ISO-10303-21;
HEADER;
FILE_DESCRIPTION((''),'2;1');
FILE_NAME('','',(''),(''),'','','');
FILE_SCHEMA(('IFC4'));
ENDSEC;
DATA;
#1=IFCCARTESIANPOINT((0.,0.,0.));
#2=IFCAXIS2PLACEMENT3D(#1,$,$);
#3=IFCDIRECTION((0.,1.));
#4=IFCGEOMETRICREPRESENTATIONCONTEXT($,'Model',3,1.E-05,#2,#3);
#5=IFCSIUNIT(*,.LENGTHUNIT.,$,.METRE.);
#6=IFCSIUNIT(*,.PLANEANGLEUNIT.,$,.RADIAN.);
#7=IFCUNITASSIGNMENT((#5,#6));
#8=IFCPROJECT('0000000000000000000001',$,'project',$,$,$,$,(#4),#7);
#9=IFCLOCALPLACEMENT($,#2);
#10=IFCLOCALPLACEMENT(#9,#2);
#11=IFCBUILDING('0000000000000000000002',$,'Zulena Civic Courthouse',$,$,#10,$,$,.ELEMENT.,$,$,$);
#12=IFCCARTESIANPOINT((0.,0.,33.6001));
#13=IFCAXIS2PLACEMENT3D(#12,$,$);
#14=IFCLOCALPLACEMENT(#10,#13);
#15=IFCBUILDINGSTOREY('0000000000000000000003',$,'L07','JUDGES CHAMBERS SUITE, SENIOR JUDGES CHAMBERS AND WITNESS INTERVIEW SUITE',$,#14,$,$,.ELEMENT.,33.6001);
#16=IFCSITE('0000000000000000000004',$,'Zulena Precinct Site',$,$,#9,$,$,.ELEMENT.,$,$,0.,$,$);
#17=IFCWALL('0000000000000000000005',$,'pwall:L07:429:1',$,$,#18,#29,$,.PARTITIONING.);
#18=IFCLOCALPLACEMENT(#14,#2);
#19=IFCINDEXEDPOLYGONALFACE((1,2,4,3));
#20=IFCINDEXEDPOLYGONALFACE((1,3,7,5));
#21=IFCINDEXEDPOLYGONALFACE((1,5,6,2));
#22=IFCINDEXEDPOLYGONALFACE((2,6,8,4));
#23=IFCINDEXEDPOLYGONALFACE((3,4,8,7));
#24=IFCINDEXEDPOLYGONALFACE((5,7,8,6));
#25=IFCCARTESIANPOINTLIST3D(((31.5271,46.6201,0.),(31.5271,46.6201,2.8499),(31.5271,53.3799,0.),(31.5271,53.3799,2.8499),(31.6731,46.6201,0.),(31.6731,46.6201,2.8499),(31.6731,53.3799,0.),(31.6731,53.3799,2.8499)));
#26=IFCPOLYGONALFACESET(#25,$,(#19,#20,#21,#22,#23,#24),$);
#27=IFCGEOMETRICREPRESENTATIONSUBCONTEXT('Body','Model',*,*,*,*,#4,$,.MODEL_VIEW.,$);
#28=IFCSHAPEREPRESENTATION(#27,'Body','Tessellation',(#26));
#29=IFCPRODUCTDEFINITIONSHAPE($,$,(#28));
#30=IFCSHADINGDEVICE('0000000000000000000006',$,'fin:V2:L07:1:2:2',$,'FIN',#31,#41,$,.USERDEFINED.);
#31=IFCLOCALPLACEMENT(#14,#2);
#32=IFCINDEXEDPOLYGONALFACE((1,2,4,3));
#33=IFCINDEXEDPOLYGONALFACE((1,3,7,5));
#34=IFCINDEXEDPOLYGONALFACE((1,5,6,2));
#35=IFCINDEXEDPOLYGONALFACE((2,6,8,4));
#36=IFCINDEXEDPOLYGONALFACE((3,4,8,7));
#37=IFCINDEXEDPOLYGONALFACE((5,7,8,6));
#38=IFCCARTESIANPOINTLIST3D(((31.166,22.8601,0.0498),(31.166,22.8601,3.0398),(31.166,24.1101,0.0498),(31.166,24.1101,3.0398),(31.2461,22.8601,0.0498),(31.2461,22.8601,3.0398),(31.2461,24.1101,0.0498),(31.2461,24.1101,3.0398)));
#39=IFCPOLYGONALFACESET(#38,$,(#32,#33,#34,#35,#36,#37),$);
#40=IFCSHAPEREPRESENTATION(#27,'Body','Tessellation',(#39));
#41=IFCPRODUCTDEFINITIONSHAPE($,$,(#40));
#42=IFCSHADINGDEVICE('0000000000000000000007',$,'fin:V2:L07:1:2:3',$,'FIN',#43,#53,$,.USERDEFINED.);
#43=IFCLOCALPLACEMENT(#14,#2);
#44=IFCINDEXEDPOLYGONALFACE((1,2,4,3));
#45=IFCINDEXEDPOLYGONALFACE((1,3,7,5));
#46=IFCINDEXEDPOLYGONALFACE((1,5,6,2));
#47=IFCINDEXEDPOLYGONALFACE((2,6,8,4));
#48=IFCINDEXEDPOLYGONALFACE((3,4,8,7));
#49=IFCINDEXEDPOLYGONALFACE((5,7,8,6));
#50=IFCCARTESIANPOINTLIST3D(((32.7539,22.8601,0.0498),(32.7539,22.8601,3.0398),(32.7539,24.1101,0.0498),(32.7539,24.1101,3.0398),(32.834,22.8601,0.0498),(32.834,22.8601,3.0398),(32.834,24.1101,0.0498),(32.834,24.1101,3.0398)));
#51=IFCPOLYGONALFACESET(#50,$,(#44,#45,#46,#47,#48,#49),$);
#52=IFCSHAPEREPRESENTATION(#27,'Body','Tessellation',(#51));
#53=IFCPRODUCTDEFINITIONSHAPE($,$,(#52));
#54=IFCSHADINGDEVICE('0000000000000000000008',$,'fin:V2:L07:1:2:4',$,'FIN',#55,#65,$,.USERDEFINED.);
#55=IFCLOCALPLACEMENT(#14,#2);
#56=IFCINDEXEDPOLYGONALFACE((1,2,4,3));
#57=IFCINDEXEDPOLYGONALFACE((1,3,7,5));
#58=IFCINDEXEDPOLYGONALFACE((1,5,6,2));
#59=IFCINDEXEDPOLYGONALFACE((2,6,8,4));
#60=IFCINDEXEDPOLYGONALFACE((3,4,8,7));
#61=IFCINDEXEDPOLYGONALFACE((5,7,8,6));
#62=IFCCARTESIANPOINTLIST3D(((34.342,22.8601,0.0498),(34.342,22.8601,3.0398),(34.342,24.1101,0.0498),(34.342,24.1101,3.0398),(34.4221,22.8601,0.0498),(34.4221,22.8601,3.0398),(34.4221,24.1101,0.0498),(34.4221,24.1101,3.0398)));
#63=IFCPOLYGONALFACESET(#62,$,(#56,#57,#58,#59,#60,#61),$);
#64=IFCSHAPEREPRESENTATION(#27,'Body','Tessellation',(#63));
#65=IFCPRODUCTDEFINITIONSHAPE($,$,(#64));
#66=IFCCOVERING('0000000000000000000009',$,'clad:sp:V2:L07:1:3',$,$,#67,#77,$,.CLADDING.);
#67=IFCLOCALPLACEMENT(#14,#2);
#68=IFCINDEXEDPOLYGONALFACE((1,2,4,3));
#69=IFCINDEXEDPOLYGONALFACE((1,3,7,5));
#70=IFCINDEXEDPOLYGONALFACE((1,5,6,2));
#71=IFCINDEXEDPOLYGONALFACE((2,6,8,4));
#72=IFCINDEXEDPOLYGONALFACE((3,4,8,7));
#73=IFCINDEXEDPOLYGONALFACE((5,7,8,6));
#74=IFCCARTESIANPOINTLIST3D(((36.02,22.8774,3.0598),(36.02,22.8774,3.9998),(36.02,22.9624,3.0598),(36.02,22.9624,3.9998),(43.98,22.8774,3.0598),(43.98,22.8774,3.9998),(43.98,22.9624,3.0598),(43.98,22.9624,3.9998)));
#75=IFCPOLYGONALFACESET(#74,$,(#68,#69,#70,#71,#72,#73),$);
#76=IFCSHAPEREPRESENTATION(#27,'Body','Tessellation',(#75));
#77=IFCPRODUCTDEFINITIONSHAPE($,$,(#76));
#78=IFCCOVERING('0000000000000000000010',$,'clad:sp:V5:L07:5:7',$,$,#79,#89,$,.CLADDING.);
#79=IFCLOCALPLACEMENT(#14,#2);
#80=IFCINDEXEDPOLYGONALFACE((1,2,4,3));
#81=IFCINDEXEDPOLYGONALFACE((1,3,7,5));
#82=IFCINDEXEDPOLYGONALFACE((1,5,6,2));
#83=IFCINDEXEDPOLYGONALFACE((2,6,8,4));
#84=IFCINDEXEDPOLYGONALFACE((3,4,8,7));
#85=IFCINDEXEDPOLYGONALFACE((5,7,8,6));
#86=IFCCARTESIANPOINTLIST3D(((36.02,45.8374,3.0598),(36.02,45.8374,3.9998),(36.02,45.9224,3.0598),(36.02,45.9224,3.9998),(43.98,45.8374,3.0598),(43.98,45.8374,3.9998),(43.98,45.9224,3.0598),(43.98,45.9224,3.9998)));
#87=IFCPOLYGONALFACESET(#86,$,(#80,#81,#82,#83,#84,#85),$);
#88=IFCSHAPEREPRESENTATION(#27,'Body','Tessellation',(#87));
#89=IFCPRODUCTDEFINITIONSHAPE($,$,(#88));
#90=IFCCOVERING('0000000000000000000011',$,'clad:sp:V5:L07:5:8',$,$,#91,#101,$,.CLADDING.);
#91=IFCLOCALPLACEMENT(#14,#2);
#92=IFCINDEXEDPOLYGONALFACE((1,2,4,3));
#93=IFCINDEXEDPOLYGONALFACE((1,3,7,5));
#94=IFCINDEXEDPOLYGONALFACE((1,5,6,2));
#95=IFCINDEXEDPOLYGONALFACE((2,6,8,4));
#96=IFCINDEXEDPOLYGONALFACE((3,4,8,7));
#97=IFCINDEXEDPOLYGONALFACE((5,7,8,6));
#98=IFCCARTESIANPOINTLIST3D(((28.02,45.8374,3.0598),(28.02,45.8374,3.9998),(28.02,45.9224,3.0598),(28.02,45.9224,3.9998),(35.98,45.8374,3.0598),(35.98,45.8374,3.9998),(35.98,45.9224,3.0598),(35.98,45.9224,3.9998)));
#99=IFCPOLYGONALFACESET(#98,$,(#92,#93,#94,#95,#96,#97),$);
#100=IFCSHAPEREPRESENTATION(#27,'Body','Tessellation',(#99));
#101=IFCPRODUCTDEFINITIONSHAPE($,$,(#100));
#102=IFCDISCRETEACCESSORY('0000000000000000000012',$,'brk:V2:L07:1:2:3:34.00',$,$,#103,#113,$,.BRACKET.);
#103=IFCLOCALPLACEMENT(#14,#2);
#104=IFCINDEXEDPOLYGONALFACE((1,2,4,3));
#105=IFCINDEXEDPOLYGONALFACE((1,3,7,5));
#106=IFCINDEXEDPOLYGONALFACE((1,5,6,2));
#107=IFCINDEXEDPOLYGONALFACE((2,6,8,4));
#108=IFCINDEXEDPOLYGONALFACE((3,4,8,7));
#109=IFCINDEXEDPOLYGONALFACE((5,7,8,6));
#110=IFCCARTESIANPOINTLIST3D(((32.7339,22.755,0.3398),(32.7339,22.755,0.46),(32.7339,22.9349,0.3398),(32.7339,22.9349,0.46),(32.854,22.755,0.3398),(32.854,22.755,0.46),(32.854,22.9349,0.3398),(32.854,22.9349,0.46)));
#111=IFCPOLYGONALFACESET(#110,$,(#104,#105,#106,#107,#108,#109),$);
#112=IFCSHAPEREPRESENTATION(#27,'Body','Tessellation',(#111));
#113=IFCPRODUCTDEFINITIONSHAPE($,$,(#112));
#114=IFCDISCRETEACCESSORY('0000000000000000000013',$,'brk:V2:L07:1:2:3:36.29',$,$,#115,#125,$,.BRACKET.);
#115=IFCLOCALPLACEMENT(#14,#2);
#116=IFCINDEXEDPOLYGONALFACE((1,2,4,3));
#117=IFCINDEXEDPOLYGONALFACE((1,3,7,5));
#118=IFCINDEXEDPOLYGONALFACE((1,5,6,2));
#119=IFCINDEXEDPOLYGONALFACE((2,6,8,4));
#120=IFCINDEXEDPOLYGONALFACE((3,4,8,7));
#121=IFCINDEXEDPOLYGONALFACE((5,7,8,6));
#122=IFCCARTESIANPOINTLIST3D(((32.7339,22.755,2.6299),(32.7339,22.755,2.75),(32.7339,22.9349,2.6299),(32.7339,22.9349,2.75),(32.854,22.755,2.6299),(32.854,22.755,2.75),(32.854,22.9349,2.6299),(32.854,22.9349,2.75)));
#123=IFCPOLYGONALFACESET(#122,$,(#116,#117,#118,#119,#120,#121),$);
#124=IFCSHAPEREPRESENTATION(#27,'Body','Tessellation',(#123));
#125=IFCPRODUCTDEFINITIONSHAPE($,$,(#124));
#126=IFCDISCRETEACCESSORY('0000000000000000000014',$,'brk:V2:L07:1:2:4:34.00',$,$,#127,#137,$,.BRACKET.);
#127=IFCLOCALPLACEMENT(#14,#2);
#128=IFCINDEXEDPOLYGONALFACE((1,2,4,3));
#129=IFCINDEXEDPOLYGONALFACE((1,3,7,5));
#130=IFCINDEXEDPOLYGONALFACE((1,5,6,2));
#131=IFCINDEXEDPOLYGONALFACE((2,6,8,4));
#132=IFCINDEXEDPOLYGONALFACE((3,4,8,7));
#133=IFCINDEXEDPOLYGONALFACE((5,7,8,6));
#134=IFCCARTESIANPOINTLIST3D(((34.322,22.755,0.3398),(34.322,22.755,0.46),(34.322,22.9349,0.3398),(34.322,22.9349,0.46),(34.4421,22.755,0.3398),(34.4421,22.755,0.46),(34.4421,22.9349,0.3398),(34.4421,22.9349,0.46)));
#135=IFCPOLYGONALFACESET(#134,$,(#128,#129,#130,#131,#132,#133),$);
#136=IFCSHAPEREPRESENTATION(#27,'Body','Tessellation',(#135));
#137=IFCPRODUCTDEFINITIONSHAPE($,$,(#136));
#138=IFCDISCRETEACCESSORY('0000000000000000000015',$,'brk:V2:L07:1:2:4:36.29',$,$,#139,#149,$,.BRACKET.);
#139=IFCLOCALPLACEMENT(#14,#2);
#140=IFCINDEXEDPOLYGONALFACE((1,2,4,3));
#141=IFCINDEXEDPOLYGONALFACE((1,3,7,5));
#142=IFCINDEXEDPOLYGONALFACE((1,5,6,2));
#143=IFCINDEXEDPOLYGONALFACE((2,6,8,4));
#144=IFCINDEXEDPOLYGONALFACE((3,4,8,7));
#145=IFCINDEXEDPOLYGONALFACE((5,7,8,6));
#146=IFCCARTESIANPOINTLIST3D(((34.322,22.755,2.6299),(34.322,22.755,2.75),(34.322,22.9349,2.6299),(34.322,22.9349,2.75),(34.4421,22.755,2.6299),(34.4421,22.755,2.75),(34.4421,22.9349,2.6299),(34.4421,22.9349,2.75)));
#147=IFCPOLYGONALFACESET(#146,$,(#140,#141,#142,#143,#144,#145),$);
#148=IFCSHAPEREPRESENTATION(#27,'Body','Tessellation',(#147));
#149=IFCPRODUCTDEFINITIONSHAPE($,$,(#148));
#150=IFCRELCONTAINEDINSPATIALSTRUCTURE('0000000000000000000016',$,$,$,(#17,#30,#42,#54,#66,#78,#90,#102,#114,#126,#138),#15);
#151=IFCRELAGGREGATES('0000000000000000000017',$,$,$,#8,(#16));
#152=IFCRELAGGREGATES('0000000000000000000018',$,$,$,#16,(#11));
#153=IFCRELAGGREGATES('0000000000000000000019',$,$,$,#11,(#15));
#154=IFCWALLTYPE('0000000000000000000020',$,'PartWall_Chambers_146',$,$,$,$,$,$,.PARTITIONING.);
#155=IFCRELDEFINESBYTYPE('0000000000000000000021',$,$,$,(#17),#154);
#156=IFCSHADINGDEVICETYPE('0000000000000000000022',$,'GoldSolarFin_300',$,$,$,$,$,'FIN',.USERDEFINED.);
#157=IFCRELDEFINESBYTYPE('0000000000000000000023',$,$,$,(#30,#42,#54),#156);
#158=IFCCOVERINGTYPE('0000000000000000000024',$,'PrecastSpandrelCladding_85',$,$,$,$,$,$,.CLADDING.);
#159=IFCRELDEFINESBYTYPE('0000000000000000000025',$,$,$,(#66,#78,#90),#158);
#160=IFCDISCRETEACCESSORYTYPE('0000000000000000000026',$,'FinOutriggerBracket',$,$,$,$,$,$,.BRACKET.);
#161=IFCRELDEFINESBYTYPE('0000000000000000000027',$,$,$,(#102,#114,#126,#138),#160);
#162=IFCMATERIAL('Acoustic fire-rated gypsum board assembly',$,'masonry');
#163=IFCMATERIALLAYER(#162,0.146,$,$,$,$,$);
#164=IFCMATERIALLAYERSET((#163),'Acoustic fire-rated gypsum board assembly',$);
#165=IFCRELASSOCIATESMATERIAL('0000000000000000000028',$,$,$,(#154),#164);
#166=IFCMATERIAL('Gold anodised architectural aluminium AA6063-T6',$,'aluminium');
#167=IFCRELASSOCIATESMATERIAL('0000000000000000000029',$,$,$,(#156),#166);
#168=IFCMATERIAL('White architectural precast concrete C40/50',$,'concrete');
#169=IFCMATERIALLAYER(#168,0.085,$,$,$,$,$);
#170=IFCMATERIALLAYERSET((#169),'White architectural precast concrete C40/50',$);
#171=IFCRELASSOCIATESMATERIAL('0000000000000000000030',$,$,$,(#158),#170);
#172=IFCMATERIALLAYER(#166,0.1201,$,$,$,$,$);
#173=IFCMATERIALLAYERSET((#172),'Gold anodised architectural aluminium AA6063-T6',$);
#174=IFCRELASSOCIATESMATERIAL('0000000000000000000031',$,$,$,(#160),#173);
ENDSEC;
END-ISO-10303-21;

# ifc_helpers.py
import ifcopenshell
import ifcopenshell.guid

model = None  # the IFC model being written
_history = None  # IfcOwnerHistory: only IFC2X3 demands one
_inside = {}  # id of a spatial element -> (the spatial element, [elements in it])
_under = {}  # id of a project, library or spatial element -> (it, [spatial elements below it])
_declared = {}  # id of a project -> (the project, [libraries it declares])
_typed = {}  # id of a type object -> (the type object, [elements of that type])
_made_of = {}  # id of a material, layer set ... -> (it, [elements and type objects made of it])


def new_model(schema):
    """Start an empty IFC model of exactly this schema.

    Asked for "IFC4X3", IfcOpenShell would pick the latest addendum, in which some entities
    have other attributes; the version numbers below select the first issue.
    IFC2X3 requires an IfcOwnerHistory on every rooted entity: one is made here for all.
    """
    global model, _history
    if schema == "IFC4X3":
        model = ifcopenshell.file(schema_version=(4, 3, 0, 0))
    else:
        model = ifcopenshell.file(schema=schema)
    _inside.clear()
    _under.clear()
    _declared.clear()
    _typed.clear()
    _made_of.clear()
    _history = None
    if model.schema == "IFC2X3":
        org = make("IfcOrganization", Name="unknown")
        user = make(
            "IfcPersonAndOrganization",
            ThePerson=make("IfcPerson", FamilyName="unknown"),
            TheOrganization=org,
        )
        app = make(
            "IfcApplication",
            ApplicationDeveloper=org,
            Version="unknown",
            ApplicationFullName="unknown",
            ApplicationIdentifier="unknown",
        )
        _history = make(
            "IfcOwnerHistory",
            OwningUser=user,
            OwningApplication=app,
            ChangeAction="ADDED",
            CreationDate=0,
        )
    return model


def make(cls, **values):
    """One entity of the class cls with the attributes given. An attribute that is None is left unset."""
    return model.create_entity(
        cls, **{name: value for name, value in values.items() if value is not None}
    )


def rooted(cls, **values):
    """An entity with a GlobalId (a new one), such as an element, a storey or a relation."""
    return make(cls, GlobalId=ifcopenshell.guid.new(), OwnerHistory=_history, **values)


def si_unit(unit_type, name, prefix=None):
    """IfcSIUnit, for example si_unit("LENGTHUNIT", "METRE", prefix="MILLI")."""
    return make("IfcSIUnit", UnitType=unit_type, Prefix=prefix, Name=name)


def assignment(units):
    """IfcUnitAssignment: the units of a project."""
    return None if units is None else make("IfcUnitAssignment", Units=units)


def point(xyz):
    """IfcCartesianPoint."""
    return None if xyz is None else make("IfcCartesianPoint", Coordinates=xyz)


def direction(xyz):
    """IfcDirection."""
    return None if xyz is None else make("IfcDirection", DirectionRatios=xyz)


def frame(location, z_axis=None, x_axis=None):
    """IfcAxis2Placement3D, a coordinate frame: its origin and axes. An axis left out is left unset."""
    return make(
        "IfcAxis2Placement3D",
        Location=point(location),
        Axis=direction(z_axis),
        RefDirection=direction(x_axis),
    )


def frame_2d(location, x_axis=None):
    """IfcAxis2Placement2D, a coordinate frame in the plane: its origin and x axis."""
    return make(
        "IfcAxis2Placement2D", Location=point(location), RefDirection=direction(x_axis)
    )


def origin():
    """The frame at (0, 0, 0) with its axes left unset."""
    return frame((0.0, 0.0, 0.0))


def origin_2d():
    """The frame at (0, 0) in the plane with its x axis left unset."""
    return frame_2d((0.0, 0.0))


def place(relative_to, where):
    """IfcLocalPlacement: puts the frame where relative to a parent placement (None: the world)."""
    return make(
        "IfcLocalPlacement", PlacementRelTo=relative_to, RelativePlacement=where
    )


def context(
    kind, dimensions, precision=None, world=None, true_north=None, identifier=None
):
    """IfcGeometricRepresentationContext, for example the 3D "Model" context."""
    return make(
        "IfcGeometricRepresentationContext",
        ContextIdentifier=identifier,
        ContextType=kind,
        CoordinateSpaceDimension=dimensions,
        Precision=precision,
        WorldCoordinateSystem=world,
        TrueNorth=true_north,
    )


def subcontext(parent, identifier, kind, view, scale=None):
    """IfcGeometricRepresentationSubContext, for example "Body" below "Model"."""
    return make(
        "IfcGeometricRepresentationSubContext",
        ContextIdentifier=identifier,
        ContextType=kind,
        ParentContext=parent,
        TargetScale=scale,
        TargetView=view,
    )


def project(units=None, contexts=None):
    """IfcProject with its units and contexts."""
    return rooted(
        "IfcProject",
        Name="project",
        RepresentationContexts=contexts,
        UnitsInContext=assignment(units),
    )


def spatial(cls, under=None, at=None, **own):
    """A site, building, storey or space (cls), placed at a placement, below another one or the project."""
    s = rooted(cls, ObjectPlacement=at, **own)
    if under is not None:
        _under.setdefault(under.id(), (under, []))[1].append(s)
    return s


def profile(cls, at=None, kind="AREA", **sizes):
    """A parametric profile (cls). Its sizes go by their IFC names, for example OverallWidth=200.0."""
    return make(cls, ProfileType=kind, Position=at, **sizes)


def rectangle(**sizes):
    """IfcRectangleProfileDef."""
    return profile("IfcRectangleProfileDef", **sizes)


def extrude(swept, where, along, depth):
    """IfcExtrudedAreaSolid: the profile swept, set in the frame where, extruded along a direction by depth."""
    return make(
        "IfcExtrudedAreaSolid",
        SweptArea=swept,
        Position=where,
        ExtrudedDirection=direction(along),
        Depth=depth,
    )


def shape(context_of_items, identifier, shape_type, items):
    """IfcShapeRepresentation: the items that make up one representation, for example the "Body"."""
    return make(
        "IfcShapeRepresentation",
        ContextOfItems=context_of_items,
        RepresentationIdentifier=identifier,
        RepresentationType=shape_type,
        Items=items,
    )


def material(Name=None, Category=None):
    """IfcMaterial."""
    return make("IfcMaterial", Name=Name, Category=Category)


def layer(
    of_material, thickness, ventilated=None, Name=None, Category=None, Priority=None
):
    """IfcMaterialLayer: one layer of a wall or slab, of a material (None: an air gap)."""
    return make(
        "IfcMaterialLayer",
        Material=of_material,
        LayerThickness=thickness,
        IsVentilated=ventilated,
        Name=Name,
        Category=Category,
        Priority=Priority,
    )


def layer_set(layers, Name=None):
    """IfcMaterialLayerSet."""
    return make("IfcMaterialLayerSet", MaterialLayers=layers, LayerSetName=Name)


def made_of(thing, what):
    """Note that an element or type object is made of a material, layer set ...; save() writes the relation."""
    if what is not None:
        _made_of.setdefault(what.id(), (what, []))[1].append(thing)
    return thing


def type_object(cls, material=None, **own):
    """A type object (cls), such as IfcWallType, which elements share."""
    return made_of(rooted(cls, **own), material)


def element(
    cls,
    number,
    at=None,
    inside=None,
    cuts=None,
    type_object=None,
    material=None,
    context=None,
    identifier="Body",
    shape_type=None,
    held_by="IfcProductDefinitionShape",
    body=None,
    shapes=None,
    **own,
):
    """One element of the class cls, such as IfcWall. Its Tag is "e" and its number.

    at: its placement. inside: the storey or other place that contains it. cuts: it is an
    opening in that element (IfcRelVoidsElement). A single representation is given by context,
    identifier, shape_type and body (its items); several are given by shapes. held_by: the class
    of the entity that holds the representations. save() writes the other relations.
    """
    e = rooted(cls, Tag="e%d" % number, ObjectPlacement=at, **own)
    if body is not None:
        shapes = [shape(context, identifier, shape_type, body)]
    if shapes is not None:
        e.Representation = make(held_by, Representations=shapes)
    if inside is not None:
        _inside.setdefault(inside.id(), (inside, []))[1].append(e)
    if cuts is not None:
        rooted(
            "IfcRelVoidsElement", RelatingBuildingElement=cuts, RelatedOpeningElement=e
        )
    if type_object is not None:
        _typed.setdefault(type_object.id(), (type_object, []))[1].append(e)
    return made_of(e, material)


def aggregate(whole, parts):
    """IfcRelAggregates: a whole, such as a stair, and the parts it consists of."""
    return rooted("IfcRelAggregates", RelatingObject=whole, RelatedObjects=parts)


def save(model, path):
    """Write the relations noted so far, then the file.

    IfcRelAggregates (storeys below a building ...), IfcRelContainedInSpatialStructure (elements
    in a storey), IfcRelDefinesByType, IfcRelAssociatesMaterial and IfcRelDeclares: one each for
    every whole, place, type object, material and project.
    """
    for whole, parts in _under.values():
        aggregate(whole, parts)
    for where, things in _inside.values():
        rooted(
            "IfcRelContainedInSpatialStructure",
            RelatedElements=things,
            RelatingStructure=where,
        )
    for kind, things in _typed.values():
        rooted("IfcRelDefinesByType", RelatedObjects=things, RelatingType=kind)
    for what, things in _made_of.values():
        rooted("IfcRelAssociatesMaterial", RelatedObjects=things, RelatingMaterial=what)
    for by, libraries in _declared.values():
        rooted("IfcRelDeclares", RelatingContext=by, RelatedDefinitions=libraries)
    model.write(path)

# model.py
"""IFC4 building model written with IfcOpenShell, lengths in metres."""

from ifc_helpers import new_model, si_unit, direction, frame, frame_2d, origin, origin_2d, place, context, subcontext, project, spatial, rectangle, extrude, material, layer, layer_set, type_object, element, save


model = new_model("IFC4")

# Units and contexts
model_context = context("Model", 3, precision=1e-05, world=origin(), true_north=direction((0.0, 1.0)))
body_context = subcontext(model_context, "Body", "Model", "MODEL_VIEW")
ifc_project = project(units=[si_unit("LENGTHUNIT", "METRE"), si_unit("PLANEANGLEUNIT", "RADIAN")], contexts=[model_context])

# Site, building, storey
site_placement = place(None, origin())
site = spatial("IfcSite", under=ifc_project, at=site_placement, Name="Zulena Precinct Site", CompositionType="ELEMENT", RefElevation=0.0)
building_placement = place(site_placement, origin())
building = spatial("IfcBuilding", under=site, at=building_placement, Name="Zulena Civic Courthouse", CompositionType="ELEMENT")
storey_placement = place(building_placement, frame((0.0, 0.0, 33.6001)))
storey = spatial("IfcBuildingStorey", under=building, at=storey_placement, Name="L07", Description="JUDGES CHAMBERS SUITE, SENIOR JUDGES CHAMBERS AND WITNESS INTERVIEW SUITE", CompositionType="ELEMENT", Elevation=33.6001)

# Wall
ifc_material_1 = material(Name="Acoustic fire-rated gypsum board assembly", Category="masonry")
ifc_layer_1 = layer(ifc_material_1, 0.146)
ifc_layer_set_1 = layer_set([ifc_layer_1], Name="Acoustic fire-rated gypsum board assembly")
wall_type_1 = type_object("IfcWallType", Name="PartWall_Chambers_146", PredefinedType="PARTITIONING", material=ifc_layer_set_1)
wall_1_placement = place(storey_placement, frame((31.6001, 46.6201, 0.0), z_axis=(0.0, 0.0, 1.0), x_axis=(0.0, 1.0, 0.0)))
element("IfcWall", 1, at=wall_1_placement, inside=storey, type_object=wall_type_1, Name="pwall:L07:429:1", PredefinedType="PARTITIONING", context=body_context, shape_type="SweptSolid", body=[
    extrude(rectangle(XDim=6.7598, YDim=0.146, at=frame_2d((3.3799, 0.0))), origin(), (0.0, 0.0, 1.0), 2.8499),
])

# Shading devices
ifc_material_2 = material(Name="Gold anodised architectural aluminium AA6063-T6", Category="aluminium")
shading_device_type = type_object("IfcShadingDeviceType", Name="GoldSolarFin_300", ElementType="FIN", PredefinedType="USERDEFINED", material=ifc_material_2)
for number, where, z_axis, x_axis, name in (
    (2, (31.2061, 23.4851, 0.0498), (0.0, 0.0, 1.0), (0.0, 1.0, 0.0), "fin:V2:L07:1:2:2"),
    (3, (32.7939, 23.4851, 0.0498), (0.0, 0.0, 1.0), (0.0, 1.0, 0.0), "fin:V2:L07:1:2:3"),
    (4, (34.3821, 23.4851, 0.0498), (0.0, 0.0, 1.0), (0.0, 1.0, 0.0), "fin:V2:L07:1:2:4"),
):
    element("IfcShadingDevice", number, at=place(storey_placement, frame(where, z_axis=z_axis, x_axis=x_axis)), inside=storey, type_object=shading_device_type, Name=name, ObjectType="FIN", PredefinedType="USERDEFINED", context=body_context, shape_type="SweptSolid", body=[
        extrude(rectangle(XDim=1.25, YDim=0.0801, at=origin_2d()), origin(), (0.0, 0.0, 1.0), 2.99),
    ])

# Coverings
ifc_material_3 = material(Name="White architectural precast concrete C40/50", Category="concrete")
ifc_layer_2 = layer(ifc_material_3, 0.085)
ifc_layer_set_2 = layer_set([ifc_layer_2], Name="White architectural precast concrete C40/50")
covering_type = type_object("IfcCoveringType", Name="PrecastSpandrelCladding_85", PredefinedType="CLADDING", material=ifc_layer_set_2)
for number, where, z_axis, x_axis, name in (
    (5, (40.0, 22.9199, 3.0598), (0.0, 0.0, 1.0), (1.0, 0.0, 0.0), "clad:sp:V2:L07:1:3"),
    (6, (40.0, 45.8799, 3.0598), (0.0, 0.0, 1.0), (-1.0, 0.0, 0.0), "clad:sp:V5:L07:5:7"),
    (7, (32.0, 45.8799, 3.0598), (0.0, 0.0, 1.0), (-1.0, 0.0, 0.0), "clad:sp:V5:L07:5:8"),
):
    element("IfcCovering", number, at=place(storey_placement, frame(where, z_axis=z_axis, x_axis=x_axis)), inside=storey, type_object=covering_type, Name=name, PredefinedType="CLADDING", context=body_context, shape_type="SweptSolid", body=[
        extrude(rectangle(XDim=7.96, YDim=0.085, at=origin_2d()), origin(), (0.0, 0.0, 1.0), 0.9399),
    ])

# Discrete accessories
ifc_layer_3 = layer(ifc_material_2, 0.1201)
ifc_layer_set_3 = layer_set([ifc_layer_3], Name="Gold anodised architectural aluminium AA6063-T6")
discrete_accessory_type = type_object("IfcDiscreteAccessoryType", Name="FinOutriggerBracket", PredefinedType="BRACKET", material=ifc_layer_set_3)
for number, where, z_axis, x_axis, name in (
    (8, (32.7939, 22.845, 0.3398), (0.0, 0.0, 1.0), (0.0, 1.0, 0.0), "brk:V2:L07:1:2:3:34.00"),
    (9, (32.7939, 22.845, 2.6299), (0.0, 0.0, 1.0), (0.0, 1.0, 0.0), "brk:V2:L07:1:2:3:36.29"),
    (10, (34.3821, 22.845, 0.3398), (0.0, 0.0, 1.0), (0.0, 1.0, 0.0), "brk:V2:L07:1:2:4:34.00"),
    (11, (34.3821, 22.845, 2.6299), (0.0, 0.0, 1.0), (0.0, 1.0, 0.0), "brk:V2:L07:1:2:4:36.29"),
):
    element("IfcDiscreteAccessory", number, at=place(storey_placement, frame(where, z_axis=z_axis, x_axis=x_axis)), inside=storey, type_object=discrete_accessory_type, Name=name, PredefinedType="BRACKET", context=body_context, shape_type="SweptSolid", body=[
        extrude(rectangle(XDim=0.1799, YDim=0.1201, at=origin_2d()), origin(), (0.0, 0.0, 1.0), 0.1201),
    ])

save(model, "model.ifc")
